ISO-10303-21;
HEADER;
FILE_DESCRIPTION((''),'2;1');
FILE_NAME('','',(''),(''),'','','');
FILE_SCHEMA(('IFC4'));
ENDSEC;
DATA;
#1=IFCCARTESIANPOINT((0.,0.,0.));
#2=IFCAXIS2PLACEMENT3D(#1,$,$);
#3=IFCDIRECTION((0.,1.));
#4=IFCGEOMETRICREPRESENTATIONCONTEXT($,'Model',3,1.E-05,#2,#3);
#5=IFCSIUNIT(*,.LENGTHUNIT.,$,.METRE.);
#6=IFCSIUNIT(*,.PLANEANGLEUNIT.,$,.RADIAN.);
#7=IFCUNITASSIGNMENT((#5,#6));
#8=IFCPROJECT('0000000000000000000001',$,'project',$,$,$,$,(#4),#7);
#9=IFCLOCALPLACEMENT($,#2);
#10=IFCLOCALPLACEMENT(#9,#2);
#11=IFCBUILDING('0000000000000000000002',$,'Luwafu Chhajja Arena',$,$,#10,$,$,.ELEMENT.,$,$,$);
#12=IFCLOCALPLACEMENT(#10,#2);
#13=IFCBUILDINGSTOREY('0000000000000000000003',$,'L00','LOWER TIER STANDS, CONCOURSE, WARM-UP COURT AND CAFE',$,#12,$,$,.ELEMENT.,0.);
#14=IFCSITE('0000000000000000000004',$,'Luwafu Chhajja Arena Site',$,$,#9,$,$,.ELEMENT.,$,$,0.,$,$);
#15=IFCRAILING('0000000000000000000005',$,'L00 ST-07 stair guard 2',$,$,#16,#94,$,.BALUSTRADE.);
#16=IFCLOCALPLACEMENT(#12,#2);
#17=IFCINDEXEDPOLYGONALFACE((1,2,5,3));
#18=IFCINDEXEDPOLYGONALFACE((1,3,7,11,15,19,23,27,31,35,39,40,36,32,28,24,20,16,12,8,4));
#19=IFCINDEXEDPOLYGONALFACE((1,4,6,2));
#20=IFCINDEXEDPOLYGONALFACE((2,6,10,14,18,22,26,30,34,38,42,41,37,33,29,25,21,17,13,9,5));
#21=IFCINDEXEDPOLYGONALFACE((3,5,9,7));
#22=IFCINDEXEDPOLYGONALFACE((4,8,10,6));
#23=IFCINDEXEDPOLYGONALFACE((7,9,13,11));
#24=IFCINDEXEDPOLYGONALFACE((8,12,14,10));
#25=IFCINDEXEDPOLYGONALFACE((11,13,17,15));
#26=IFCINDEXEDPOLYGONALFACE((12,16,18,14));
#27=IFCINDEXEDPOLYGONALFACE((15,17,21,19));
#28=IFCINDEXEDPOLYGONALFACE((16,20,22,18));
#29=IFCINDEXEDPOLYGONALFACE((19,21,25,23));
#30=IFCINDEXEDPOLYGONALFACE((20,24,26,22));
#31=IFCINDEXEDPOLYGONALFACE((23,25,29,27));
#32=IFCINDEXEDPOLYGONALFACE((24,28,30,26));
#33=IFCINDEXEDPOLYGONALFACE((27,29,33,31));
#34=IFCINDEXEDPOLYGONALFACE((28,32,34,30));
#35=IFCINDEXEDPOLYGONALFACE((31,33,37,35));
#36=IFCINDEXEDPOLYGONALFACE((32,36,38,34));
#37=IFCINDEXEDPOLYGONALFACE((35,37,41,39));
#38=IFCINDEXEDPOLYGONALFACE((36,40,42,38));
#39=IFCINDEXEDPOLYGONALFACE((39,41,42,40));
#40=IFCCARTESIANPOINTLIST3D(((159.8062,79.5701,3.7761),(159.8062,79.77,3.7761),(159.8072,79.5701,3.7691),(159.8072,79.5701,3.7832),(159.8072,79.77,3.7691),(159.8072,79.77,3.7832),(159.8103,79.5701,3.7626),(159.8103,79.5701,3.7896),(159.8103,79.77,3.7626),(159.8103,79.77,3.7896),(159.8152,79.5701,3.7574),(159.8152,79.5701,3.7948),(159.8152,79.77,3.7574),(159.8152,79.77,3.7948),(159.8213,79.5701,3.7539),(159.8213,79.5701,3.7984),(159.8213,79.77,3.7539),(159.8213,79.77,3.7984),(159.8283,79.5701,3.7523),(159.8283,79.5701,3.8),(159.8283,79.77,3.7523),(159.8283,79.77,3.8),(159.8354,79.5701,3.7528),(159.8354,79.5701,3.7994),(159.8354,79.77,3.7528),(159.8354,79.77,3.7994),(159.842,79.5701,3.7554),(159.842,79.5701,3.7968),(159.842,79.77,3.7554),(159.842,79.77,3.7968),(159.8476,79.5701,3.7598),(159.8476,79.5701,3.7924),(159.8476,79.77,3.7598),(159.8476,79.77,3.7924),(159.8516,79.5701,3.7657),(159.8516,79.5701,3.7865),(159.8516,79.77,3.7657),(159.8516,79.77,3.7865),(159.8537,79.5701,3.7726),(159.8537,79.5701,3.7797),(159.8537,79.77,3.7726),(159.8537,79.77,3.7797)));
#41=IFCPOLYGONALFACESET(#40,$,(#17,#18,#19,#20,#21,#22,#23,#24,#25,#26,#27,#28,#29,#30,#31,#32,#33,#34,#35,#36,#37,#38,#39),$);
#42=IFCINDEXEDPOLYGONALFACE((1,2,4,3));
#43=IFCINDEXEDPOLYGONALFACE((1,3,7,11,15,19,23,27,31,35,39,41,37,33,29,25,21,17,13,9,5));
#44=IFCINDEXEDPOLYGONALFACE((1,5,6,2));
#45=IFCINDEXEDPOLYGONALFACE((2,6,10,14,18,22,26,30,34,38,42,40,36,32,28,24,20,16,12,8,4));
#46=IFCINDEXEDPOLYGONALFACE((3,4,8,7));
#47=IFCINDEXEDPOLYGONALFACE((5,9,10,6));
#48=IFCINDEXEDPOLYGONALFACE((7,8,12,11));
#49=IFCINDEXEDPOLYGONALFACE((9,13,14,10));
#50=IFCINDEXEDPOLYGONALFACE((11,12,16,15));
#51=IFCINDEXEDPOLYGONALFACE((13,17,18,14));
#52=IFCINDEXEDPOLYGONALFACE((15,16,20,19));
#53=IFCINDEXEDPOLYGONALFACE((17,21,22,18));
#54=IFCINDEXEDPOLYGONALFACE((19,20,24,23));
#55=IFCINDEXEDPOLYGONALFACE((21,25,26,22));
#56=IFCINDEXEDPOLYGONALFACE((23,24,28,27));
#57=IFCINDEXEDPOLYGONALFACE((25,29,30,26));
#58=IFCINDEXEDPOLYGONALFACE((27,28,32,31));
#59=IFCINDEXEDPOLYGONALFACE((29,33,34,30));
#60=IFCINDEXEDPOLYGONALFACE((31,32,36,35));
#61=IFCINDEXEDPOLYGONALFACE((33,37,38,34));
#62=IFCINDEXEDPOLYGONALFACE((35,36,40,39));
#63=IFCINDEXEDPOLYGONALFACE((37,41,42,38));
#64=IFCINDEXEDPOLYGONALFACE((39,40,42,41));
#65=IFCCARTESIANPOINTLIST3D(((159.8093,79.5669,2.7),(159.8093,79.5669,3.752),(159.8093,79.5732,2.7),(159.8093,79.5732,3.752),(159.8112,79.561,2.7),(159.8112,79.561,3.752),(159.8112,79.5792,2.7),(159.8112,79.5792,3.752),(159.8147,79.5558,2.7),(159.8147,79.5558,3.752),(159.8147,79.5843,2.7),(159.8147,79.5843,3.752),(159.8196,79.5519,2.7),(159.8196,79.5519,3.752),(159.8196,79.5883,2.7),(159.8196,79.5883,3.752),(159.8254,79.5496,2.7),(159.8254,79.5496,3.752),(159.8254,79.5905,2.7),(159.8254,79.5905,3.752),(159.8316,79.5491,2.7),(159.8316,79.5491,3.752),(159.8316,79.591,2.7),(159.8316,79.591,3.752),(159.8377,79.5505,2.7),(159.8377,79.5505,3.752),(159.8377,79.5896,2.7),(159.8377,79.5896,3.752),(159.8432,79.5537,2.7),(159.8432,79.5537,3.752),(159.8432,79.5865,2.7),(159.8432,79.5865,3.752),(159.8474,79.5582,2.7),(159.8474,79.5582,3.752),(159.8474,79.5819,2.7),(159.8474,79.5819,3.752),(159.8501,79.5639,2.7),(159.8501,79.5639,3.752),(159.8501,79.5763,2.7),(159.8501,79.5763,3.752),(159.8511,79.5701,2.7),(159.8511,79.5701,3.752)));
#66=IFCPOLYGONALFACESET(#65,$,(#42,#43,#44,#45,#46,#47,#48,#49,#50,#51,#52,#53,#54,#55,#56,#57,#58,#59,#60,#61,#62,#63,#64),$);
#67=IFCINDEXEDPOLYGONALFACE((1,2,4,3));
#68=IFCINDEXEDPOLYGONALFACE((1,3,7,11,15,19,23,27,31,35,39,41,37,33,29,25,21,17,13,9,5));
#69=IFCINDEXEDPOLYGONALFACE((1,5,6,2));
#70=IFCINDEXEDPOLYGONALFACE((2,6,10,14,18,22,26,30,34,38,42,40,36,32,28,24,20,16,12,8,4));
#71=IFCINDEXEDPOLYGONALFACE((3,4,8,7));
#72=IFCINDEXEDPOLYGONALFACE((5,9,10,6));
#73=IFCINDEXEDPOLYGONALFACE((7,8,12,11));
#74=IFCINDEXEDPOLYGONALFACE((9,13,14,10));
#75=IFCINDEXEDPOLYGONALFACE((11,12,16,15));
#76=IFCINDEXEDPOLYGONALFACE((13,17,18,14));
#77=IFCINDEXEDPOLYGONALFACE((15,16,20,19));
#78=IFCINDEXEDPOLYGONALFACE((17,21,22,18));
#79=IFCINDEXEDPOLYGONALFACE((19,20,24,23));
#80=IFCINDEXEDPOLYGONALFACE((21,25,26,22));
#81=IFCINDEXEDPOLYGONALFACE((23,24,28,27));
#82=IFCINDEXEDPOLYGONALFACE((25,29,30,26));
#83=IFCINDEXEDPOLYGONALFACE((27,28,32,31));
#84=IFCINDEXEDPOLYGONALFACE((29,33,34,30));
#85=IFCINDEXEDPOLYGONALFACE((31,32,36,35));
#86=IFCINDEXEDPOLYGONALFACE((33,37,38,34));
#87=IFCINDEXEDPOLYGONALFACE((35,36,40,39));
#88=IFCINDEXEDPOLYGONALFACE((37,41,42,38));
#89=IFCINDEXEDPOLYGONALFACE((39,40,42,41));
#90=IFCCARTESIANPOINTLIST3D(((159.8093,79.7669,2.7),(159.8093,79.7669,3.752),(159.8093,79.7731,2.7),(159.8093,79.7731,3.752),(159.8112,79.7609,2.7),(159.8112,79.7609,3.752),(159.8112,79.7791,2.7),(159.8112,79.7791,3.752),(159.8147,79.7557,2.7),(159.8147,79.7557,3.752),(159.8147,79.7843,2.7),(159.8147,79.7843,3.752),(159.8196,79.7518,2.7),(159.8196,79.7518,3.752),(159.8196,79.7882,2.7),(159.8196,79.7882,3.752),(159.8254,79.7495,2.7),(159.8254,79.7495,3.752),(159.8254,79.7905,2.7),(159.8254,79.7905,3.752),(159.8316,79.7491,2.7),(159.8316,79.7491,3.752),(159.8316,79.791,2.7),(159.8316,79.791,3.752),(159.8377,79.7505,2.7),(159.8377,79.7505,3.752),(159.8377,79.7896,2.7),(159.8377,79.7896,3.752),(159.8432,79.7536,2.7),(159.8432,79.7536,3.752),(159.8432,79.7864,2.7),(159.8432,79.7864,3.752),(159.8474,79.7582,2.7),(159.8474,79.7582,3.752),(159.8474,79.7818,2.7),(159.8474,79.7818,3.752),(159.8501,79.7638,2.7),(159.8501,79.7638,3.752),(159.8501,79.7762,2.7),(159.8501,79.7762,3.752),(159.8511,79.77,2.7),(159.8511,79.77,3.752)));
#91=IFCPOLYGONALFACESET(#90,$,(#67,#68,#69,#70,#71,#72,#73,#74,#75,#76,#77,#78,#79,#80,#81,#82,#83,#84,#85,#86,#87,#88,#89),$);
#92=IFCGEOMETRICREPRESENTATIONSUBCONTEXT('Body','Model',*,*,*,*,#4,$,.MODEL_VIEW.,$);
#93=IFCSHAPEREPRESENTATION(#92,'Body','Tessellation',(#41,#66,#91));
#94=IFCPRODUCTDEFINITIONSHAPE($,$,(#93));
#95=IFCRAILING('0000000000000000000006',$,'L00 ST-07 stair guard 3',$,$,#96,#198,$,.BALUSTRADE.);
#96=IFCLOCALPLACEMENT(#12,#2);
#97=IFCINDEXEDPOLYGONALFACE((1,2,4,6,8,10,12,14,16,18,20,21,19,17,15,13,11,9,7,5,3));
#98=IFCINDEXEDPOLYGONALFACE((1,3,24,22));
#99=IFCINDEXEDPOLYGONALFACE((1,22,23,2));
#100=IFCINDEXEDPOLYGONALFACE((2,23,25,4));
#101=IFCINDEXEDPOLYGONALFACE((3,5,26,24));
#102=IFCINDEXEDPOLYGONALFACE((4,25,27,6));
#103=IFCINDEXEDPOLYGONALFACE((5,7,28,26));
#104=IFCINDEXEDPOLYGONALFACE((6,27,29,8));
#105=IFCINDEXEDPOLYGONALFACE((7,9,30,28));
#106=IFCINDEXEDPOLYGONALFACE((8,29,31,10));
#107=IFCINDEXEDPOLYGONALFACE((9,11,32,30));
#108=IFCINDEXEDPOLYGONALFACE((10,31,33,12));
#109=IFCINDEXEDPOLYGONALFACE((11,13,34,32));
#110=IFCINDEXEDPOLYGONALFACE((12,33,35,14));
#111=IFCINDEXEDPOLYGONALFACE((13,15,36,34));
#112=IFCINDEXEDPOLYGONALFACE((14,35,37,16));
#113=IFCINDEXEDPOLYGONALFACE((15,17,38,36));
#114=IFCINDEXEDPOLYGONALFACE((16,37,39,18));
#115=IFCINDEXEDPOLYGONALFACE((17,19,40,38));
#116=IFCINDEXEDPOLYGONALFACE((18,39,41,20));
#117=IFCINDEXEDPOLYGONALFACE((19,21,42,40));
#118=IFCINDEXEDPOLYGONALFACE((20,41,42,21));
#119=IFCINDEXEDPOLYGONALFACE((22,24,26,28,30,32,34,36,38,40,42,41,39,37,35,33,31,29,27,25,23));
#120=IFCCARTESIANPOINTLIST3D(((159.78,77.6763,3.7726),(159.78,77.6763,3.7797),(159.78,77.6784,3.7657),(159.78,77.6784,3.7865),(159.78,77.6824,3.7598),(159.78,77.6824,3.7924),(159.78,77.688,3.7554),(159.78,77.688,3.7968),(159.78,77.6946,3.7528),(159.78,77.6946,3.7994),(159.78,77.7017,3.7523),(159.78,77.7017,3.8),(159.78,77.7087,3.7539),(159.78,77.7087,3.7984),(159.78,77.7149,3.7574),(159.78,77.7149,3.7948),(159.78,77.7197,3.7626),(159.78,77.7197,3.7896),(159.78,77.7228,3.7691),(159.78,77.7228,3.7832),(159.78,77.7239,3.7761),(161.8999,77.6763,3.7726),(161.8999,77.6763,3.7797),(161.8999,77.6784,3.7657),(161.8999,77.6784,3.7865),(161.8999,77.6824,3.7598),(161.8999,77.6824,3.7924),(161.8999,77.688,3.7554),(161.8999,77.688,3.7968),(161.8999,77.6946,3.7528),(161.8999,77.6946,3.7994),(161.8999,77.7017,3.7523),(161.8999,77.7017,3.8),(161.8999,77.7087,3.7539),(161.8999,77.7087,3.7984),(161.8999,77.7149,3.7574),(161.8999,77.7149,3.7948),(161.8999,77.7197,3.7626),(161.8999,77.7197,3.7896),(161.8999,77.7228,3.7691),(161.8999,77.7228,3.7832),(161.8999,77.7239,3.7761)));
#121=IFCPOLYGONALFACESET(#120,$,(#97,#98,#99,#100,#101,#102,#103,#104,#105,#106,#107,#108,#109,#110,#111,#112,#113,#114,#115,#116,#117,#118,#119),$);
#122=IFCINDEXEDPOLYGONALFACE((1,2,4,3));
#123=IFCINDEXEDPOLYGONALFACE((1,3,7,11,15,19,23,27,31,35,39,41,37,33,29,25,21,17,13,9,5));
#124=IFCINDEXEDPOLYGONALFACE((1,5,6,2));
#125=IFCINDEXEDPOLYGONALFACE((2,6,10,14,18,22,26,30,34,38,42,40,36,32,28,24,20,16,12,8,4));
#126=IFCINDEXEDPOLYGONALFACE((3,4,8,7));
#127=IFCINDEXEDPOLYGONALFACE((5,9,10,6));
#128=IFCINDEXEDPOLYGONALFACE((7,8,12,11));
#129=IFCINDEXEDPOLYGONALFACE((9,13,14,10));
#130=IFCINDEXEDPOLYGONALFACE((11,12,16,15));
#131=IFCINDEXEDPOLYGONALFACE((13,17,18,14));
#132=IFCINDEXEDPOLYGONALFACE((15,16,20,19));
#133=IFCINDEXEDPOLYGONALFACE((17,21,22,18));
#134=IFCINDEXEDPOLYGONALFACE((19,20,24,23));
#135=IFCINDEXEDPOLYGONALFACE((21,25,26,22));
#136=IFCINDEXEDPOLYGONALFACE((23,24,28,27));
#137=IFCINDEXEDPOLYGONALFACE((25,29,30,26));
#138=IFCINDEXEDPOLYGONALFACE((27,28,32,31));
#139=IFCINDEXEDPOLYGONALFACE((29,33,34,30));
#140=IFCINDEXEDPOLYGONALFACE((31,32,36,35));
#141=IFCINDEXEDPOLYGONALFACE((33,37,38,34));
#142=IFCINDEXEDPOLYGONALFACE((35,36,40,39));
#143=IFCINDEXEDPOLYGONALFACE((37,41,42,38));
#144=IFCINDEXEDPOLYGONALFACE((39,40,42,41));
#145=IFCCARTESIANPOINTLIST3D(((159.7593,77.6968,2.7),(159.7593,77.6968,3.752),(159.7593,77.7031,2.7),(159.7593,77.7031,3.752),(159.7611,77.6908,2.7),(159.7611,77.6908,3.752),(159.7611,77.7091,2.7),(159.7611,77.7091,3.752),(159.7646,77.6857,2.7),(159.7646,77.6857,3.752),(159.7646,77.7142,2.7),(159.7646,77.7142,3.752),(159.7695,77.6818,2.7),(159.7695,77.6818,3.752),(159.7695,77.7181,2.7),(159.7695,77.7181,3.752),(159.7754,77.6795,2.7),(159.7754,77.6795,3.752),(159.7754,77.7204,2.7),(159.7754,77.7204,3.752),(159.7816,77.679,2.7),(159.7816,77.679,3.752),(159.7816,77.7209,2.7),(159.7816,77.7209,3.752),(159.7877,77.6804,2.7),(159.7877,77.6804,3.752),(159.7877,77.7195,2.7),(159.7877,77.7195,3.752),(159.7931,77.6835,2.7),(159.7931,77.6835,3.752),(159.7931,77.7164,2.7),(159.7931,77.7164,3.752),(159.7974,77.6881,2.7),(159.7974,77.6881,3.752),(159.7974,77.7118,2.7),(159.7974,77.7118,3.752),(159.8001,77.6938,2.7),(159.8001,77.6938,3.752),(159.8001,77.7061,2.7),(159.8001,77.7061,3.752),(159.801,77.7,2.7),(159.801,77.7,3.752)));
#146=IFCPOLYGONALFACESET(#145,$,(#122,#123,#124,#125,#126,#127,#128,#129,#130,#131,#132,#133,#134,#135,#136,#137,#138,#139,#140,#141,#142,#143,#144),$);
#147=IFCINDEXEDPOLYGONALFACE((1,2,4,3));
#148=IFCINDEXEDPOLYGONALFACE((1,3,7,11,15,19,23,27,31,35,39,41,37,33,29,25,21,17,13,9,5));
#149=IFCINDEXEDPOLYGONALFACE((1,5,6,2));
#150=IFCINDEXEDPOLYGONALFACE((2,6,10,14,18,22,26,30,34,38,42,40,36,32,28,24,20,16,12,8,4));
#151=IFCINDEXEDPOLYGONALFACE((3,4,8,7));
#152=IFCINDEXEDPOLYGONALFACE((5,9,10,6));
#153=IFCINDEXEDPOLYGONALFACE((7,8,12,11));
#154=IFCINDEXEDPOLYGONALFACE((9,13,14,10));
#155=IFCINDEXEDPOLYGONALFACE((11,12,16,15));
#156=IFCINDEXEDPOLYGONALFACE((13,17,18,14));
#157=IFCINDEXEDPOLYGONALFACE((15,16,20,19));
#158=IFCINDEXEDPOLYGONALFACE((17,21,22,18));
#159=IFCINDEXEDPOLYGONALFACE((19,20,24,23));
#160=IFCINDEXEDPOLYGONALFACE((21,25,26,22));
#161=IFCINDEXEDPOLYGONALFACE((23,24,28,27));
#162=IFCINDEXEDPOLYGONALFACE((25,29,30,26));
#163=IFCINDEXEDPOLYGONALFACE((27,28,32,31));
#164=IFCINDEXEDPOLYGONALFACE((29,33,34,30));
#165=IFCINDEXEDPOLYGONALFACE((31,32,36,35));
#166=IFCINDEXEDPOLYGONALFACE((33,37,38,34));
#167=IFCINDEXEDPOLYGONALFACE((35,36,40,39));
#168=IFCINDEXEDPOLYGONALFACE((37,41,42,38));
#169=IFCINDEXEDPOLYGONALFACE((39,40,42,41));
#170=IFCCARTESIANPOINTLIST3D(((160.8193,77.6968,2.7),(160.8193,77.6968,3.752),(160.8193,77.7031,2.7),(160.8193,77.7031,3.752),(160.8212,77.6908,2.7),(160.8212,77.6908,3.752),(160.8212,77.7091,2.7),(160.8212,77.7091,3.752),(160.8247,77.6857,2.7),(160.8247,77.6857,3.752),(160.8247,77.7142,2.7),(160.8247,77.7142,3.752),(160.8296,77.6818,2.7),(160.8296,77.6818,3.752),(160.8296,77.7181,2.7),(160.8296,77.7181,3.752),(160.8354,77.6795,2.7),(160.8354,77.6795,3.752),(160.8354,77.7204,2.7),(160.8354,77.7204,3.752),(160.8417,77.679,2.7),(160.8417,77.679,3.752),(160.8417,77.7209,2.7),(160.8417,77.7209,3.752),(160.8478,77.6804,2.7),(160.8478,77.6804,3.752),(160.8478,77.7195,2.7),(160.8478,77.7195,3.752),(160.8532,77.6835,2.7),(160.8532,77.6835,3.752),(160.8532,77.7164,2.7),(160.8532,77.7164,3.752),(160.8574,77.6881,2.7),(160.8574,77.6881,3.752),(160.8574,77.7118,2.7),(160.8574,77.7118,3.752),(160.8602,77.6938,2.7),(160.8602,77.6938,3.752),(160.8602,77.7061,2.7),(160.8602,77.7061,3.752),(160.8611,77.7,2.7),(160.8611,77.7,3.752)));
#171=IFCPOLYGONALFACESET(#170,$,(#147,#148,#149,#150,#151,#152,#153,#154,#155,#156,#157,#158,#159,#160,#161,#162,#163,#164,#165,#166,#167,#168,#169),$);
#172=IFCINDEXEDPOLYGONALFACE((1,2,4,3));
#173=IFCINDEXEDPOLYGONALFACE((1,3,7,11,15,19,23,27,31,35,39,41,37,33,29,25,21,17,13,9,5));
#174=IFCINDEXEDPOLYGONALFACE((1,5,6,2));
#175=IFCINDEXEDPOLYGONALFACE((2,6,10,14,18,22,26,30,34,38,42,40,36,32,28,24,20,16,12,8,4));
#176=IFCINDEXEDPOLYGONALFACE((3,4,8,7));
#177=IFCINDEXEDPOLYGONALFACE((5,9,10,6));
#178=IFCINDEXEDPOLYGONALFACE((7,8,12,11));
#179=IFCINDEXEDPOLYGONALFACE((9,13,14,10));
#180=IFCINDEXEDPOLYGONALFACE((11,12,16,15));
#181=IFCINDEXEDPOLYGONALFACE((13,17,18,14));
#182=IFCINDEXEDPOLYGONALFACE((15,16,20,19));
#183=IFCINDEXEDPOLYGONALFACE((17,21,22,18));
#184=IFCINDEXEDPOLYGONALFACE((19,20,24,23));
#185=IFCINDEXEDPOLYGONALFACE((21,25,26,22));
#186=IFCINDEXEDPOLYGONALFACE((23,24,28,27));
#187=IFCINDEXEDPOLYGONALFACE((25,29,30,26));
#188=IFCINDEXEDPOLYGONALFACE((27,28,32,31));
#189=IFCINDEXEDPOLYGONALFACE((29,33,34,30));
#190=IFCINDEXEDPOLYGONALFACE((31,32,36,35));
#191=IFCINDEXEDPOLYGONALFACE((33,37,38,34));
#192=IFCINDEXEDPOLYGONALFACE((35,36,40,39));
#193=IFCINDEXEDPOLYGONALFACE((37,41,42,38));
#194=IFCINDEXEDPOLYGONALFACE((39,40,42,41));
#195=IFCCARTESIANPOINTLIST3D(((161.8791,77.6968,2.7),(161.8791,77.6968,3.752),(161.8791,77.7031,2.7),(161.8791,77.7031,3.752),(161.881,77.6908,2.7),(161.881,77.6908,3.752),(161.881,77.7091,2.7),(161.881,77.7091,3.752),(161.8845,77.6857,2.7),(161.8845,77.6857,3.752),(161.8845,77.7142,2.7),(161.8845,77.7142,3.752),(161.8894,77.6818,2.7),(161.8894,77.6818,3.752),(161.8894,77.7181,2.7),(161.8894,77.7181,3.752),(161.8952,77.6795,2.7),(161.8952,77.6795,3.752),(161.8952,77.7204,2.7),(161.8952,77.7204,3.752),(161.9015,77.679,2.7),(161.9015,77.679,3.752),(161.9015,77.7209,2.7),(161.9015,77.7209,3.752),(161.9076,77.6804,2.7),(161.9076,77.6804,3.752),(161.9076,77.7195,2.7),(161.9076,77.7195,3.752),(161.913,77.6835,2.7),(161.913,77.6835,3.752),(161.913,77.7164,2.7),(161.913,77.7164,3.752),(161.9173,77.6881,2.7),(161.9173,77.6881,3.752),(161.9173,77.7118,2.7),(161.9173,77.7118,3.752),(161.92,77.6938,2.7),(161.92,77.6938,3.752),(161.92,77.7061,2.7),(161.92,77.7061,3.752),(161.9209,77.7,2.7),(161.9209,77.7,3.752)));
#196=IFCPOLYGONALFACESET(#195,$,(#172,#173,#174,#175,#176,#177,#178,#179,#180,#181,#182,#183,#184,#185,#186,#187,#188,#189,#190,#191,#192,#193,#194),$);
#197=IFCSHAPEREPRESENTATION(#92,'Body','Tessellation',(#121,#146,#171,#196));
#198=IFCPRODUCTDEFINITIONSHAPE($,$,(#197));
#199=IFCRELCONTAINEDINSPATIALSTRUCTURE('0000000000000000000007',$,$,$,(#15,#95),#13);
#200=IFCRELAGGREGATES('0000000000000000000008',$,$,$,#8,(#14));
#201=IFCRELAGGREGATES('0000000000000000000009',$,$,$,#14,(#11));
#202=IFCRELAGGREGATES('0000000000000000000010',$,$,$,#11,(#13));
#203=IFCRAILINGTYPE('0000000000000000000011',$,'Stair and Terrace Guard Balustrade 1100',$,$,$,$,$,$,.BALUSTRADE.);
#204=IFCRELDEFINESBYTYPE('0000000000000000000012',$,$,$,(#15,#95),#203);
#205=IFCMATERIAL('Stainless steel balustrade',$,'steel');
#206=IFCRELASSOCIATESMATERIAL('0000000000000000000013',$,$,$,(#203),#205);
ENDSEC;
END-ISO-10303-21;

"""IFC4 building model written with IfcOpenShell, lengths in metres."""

from ifc_helpers import new_model, si_unit, direction, frame, origin, origin_2d, place, context, subcontext, project, spatial, circle, extrude, material, type_object, element, save


model = new_model("IFC4")

# Units and contexts
model_context = context("Model", 3, precision=1e-05, world=origin(), true_north=direction((0.0, 1.0)))
body_context = subcontext(model_context, "Body", "Model", "MODEL_VIEW")
ifc_project = project(units=[si_unit("LENGTHUNIT", "METRE"), si_unit("PLANEANGLEUNIT", "RADIAN")], contexts=[model_context])

# Site, building, storey
site_placement = place(None, origin())
site = spatial("IfcSite", under=ifc_project, at=site_placement, Name="Luwafu Chhajja Arena Site", CompositionType="ELEMENT", RefElevation=0.0)
building_placement = place(site_placement, origin())
building = spatial("IfcBuilding", under=site, at=building_placement, Name="Luwafu Chhajja Arena", CompositionType="ELEMENT")
storey_placement = place(building_placement, origin())
storey = spatial("IfcBuildingStorey", under=building, at=storey_placement, Name="L00", Description="LOWER TIER STANDS, CONCOURSE, WARM-UP COURT AND CAFE", CompositionType="ELEMENT", Elevation=0.0)

# Railings
ifc_material_1 = material(Name="Stainless steel balustrade", Category="steel")
railing_type_1 = type_object("IfcRailingType", Name="Stair and Terrace Guard Balustrade 1100", PredefinedType="BALUSTRADE", material=ifc_material_1)
railing_1_placement = place(storey_placement, frame((159.8301, 79.5701, 2.7)))
element("IfcRailing", 1, at=railing_1_placement, inside=storey, type_object=railing_type_1, Name="L00 ST-07 stair guard 2", PredefinedType="BALUSTRADE", context=body_context, shape_type="SweptSolid", body=[
    extrude(circle(Radius=0.0239, at=origin_2d()), frame((0.0, 0.0, 1.0762), z_axis=(0.0, 1.0, 0.0), x_axis=(-1.0, 0.0, 0.0)), (0.0, 0.0, 1.0), 0.2),
    extrude(circle(Radius=0.021, at=origin_2d()), origin(), (0.0, 0.0, 1.0), 1.052),
    extrude(circle(Radius=0.021, at=origin_2d()), frame((0.0, 0.2, 0.0)), (0.0, 0.0, 1.0), 1.052),
])
for number, where, name in (
    (2, (159.78, 77.7, 2.7), "L00 ST-07 stair guard 3"),
):
    element("IfcRailing", number, at=place(storey_placement, frame(where)), inside=storey, type_object=railing_type_1, Name=name, PredefinedType="BALUSTRADE", context=body_context, shape_type="SweptSolid", body=[
        extrude(circle(Radius=0.0239, at=origin_2d()), frame((0.0, 0.0, 1.0762), z_axis=(1.0, 0.0, 0.0), x_axis=(0.0, 1.0, 0.0)), (0.0, 0.0, 1.0), 2.1199),
        extrude(circle(Radius=0.021, at=origin_2d()), origin(), (0.0, 0.0, 1.0), 1.052),
        extrude(circle(Radius=0.021, at=origin_2d()), frame((1.0601, 0.0, 0.0)), (0.0, 0.0, 1.0), 1.052),
        extrude(circle(Radius=0.021, at=origin_2d()), frame((2.1199, 0.0, 0.0)), (0.0, 0.0, 1.0), 1.052),
    ])

save(model, "model.ifc")
